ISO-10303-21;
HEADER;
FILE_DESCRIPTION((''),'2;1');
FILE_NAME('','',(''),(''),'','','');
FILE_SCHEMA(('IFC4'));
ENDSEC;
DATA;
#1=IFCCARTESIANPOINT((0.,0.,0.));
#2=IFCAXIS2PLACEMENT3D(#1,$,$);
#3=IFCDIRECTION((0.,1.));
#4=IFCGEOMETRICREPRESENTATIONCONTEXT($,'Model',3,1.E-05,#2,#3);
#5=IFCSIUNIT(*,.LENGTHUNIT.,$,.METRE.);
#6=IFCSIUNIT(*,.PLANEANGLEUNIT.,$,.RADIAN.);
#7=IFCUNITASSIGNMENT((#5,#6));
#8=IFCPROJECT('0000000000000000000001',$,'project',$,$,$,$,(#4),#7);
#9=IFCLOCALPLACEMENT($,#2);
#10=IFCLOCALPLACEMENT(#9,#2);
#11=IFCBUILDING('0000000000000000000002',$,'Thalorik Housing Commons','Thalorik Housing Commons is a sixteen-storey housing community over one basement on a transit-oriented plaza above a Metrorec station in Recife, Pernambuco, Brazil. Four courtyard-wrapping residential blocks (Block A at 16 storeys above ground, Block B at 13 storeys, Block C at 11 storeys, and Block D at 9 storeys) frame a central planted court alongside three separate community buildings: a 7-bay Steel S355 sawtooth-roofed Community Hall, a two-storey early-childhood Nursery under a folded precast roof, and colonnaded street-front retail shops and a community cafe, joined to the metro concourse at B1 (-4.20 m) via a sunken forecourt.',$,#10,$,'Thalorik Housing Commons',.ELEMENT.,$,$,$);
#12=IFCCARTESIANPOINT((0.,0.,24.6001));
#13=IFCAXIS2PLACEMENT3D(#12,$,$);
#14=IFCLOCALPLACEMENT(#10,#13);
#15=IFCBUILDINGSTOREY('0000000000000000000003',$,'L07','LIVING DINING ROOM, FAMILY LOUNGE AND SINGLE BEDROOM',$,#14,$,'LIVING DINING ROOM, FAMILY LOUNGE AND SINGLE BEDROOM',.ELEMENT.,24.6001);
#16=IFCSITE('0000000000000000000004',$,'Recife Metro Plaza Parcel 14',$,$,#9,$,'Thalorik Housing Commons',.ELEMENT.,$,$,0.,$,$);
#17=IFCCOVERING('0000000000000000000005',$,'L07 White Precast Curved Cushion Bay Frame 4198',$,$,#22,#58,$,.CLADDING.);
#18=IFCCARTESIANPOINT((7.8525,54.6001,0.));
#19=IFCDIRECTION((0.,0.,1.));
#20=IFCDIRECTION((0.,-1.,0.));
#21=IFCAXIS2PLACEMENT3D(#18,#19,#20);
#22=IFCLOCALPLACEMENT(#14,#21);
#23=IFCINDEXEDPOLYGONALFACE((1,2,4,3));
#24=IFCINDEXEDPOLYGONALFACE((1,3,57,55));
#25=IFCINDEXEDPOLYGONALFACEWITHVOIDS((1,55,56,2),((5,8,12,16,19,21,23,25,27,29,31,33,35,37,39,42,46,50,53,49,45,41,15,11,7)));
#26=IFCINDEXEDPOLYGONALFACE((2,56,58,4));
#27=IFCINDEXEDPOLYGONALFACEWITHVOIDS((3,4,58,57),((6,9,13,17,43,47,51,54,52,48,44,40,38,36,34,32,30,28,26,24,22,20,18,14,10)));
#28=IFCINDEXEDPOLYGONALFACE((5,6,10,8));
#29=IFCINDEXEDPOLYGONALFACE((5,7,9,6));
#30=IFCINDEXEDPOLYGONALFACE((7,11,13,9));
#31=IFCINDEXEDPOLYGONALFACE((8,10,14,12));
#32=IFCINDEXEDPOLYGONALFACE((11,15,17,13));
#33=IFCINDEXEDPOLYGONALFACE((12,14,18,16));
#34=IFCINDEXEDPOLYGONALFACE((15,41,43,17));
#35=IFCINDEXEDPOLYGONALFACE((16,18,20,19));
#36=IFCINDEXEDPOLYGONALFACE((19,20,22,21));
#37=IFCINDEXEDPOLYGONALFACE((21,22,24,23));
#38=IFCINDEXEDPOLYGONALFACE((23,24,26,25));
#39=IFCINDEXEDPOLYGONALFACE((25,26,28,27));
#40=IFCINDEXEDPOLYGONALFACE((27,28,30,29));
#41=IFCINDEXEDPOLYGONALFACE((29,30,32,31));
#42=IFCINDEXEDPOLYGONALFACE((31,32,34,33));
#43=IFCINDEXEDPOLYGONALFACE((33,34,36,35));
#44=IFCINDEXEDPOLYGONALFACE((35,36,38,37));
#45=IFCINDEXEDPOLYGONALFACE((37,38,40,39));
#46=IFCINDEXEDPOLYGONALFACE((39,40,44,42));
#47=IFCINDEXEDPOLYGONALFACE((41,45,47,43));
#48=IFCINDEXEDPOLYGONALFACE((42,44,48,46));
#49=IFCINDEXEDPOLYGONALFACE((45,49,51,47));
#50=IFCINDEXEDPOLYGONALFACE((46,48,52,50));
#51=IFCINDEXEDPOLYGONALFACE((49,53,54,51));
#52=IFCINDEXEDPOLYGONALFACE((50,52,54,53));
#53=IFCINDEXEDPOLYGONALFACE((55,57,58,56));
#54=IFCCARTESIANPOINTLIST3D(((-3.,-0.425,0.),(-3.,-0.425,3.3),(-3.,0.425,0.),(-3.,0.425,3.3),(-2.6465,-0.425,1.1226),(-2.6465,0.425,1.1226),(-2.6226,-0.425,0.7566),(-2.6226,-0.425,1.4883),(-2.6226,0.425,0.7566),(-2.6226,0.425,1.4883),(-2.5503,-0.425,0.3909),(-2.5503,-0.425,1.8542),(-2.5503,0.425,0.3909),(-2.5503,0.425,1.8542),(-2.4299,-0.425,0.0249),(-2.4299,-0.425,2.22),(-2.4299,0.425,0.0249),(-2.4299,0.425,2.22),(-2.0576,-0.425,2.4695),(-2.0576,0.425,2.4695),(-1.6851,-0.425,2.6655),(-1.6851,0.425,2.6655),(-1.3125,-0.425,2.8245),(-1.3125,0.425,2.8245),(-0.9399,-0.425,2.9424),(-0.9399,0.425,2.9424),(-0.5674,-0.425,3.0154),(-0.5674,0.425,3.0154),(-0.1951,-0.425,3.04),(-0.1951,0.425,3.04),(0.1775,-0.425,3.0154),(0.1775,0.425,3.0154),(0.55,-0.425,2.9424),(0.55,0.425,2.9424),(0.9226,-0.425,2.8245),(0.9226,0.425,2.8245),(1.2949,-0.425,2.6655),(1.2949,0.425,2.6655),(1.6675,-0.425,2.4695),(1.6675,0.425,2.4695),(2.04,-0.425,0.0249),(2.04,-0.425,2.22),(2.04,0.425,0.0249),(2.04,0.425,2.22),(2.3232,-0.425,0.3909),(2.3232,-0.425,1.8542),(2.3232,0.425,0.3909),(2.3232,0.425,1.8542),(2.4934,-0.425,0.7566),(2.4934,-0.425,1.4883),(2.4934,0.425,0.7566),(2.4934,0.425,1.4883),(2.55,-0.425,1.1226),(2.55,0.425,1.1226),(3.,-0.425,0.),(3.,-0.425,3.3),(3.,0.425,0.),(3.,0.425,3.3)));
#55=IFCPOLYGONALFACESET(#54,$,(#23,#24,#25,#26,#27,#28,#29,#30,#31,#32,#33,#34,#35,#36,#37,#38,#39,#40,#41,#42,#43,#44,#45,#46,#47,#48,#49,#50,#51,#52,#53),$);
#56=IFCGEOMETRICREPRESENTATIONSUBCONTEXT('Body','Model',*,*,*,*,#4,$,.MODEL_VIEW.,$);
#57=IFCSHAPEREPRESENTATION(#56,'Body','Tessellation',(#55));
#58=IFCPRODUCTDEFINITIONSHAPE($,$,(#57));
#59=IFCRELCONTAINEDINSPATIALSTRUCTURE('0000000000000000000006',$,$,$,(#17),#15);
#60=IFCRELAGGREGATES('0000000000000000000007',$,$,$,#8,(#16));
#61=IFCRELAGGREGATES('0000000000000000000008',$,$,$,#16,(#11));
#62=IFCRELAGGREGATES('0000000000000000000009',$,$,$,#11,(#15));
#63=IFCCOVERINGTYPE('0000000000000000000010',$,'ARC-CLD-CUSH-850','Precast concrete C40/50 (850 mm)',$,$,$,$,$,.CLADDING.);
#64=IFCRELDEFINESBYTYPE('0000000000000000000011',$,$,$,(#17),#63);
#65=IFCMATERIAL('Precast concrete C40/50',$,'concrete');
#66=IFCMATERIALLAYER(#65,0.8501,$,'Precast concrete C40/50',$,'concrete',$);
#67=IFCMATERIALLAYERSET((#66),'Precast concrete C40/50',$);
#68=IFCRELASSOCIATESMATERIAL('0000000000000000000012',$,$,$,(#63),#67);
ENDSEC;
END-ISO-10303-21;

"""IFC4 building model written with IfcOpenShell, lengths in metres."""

from ifc_helpers import new_model, si_unit, direction, frame, origin, place, context, subcontext, project, spatial, polyline, outline, extrude, material, layer, layer_set, type_object, element, save


model = new_model("IFC4")

# Units and contexts
model_context = context("Model", 3, precision=1e-05, world=origin(), true_north=direction((0.0, 1.0)))
body_context = subcontext(model_context, "Body", "Model", "MODEL_VIEW")
ifc_project = project(units=[si_unit("LENGTHUNIT", "METRE"), si_unit("PLANEANGLEUNIT", "RADIAN")], contexts=[model_context])

# Site, building, storey
site_placement = place(None, origin())
site = spatial("IfcSite", under=ifc_project, at=site_placement, Name="Recife Metro Plaza Parcel 14", LongName="Thalorik Housing Commons", CompositionType="ELEMENT", RefElevation=0.0)
building_placement = place(site_placement, origin())
building = spatial("IfcBuilding", under=site, at=building_placement, Name="Thalorik Housing Commons", Description="Thalorik Housing Commons is a sixteen-storey housing community over one basement on a transit-oriented plaza above a Metrorec station in Recife, Pernambuco, Brazil. Four courtyard-wrapping residential blocks (Block A at 16 storeys above ground, Block B at 13 storeys, Block C at 11 storeys, and Block D at 9 storeys) frame a central planted court alongside three separate community buildings: a 7-bay Steel S355 sawtooth-roofed Community Hall, a two-storey early-childhood Nursery under a folded precast roof, and colonnaded street-front retail shops and a community cafe, joined to the metro concourse at B1 (-4.20 m) via a sunken forecourt.", LongName="Thalorik Housing Commons", CompositionType="ELEMENT")
storey_placement = place(building_placement, frame((0.0, 0.0, 24.6001)))
storey = spatial("IfcBuildingStorey", under=building, at=storey_placement, Name="L07", Description="LIVING DINING ROOM, FAMILY LOUNGE AND SINGLE BEDROOM", LongName="LIVING DINING ROOM, FAMILY LOUNGE AND SINGLE BEDROOM", CompositionType="ELEMENT", Elevation=24.6001)

# Shared definitions
ifc_material_1 = material(Name="Precast concrete C40/50", Category="concrete")

# Covering
ifc_layer_1 = layer(ifc_material_1, 0.8501, Name="Precast concrete C40/50", Category="concrete")
ifc_layer_set_1 = layer_set([ifc_layer_1], Name="Precast concrete C40/50")
covering_type_1 = type_object("IfcCoveringType", Name="ARC-CLD-CUSH-850", Description="Precast concrete C40/50 (850 mm)", PredefinedType="CLADDING", material=ifc_layer_set_1)
covering_1_placement = place(storey_placement, frame((7.8525, 54.6001, 0.0), z_axis=(0.0, 0.0, 1.0), x_axis=(0.0, -1.0, 0.0)))
element("IfcCovering", 1, at=covering_1_placement, inside=storey, type_object=covering_type_1, Name="L07 White Precast Curved Cushion Bay Frame 4198", PredefinedType="CLADDING", context=body_context, shape_type="SweptSolid", body=[
    extrude(outline(polyline([(-3.0, 0.0), (3.0, 0.0), (3.0, 3.3), (-3.0, 3.3), (-3.0, 0.0)]), holes=[polyline([(2.04, 0.0249), (2.3232, 0.3909), (2.4934, 0.7566), (2.55, 1.1226), (2.4934, 1.4883), (2.3232, 1.8542), (2.04, 2.22), (1.6675, 2.4695), (1.2949, 2.6655), (0.9226, 2.8245), (0.55, 2.9424), (0.1775, 3.0154), (-0.1951, 3.04), (-0.5674, 3.0154), (-0.9399, 2.9424), (-1.3125, 2.8245), (-1.6851, 2.6655), (-2.0576, 2.4695), (-2.4299, 2.22), (-2.5503, 1.8542), (-2.6226, 1.4883), (-2.6465, 1.1226), (-2.6226, 0.7566), (-2.5503, 0.3909), (-2.4299, 0.0249), (2.04, 0.0249)])]), frame((0.0, 0.425, 0.0), z_axis=(0.0, -1.0, 0.0), x_axis=(1.0, 0.0, 0.0)), (0.0, 0.0, 1.0), 0.8501),
])

save(model, "model.ifc")
